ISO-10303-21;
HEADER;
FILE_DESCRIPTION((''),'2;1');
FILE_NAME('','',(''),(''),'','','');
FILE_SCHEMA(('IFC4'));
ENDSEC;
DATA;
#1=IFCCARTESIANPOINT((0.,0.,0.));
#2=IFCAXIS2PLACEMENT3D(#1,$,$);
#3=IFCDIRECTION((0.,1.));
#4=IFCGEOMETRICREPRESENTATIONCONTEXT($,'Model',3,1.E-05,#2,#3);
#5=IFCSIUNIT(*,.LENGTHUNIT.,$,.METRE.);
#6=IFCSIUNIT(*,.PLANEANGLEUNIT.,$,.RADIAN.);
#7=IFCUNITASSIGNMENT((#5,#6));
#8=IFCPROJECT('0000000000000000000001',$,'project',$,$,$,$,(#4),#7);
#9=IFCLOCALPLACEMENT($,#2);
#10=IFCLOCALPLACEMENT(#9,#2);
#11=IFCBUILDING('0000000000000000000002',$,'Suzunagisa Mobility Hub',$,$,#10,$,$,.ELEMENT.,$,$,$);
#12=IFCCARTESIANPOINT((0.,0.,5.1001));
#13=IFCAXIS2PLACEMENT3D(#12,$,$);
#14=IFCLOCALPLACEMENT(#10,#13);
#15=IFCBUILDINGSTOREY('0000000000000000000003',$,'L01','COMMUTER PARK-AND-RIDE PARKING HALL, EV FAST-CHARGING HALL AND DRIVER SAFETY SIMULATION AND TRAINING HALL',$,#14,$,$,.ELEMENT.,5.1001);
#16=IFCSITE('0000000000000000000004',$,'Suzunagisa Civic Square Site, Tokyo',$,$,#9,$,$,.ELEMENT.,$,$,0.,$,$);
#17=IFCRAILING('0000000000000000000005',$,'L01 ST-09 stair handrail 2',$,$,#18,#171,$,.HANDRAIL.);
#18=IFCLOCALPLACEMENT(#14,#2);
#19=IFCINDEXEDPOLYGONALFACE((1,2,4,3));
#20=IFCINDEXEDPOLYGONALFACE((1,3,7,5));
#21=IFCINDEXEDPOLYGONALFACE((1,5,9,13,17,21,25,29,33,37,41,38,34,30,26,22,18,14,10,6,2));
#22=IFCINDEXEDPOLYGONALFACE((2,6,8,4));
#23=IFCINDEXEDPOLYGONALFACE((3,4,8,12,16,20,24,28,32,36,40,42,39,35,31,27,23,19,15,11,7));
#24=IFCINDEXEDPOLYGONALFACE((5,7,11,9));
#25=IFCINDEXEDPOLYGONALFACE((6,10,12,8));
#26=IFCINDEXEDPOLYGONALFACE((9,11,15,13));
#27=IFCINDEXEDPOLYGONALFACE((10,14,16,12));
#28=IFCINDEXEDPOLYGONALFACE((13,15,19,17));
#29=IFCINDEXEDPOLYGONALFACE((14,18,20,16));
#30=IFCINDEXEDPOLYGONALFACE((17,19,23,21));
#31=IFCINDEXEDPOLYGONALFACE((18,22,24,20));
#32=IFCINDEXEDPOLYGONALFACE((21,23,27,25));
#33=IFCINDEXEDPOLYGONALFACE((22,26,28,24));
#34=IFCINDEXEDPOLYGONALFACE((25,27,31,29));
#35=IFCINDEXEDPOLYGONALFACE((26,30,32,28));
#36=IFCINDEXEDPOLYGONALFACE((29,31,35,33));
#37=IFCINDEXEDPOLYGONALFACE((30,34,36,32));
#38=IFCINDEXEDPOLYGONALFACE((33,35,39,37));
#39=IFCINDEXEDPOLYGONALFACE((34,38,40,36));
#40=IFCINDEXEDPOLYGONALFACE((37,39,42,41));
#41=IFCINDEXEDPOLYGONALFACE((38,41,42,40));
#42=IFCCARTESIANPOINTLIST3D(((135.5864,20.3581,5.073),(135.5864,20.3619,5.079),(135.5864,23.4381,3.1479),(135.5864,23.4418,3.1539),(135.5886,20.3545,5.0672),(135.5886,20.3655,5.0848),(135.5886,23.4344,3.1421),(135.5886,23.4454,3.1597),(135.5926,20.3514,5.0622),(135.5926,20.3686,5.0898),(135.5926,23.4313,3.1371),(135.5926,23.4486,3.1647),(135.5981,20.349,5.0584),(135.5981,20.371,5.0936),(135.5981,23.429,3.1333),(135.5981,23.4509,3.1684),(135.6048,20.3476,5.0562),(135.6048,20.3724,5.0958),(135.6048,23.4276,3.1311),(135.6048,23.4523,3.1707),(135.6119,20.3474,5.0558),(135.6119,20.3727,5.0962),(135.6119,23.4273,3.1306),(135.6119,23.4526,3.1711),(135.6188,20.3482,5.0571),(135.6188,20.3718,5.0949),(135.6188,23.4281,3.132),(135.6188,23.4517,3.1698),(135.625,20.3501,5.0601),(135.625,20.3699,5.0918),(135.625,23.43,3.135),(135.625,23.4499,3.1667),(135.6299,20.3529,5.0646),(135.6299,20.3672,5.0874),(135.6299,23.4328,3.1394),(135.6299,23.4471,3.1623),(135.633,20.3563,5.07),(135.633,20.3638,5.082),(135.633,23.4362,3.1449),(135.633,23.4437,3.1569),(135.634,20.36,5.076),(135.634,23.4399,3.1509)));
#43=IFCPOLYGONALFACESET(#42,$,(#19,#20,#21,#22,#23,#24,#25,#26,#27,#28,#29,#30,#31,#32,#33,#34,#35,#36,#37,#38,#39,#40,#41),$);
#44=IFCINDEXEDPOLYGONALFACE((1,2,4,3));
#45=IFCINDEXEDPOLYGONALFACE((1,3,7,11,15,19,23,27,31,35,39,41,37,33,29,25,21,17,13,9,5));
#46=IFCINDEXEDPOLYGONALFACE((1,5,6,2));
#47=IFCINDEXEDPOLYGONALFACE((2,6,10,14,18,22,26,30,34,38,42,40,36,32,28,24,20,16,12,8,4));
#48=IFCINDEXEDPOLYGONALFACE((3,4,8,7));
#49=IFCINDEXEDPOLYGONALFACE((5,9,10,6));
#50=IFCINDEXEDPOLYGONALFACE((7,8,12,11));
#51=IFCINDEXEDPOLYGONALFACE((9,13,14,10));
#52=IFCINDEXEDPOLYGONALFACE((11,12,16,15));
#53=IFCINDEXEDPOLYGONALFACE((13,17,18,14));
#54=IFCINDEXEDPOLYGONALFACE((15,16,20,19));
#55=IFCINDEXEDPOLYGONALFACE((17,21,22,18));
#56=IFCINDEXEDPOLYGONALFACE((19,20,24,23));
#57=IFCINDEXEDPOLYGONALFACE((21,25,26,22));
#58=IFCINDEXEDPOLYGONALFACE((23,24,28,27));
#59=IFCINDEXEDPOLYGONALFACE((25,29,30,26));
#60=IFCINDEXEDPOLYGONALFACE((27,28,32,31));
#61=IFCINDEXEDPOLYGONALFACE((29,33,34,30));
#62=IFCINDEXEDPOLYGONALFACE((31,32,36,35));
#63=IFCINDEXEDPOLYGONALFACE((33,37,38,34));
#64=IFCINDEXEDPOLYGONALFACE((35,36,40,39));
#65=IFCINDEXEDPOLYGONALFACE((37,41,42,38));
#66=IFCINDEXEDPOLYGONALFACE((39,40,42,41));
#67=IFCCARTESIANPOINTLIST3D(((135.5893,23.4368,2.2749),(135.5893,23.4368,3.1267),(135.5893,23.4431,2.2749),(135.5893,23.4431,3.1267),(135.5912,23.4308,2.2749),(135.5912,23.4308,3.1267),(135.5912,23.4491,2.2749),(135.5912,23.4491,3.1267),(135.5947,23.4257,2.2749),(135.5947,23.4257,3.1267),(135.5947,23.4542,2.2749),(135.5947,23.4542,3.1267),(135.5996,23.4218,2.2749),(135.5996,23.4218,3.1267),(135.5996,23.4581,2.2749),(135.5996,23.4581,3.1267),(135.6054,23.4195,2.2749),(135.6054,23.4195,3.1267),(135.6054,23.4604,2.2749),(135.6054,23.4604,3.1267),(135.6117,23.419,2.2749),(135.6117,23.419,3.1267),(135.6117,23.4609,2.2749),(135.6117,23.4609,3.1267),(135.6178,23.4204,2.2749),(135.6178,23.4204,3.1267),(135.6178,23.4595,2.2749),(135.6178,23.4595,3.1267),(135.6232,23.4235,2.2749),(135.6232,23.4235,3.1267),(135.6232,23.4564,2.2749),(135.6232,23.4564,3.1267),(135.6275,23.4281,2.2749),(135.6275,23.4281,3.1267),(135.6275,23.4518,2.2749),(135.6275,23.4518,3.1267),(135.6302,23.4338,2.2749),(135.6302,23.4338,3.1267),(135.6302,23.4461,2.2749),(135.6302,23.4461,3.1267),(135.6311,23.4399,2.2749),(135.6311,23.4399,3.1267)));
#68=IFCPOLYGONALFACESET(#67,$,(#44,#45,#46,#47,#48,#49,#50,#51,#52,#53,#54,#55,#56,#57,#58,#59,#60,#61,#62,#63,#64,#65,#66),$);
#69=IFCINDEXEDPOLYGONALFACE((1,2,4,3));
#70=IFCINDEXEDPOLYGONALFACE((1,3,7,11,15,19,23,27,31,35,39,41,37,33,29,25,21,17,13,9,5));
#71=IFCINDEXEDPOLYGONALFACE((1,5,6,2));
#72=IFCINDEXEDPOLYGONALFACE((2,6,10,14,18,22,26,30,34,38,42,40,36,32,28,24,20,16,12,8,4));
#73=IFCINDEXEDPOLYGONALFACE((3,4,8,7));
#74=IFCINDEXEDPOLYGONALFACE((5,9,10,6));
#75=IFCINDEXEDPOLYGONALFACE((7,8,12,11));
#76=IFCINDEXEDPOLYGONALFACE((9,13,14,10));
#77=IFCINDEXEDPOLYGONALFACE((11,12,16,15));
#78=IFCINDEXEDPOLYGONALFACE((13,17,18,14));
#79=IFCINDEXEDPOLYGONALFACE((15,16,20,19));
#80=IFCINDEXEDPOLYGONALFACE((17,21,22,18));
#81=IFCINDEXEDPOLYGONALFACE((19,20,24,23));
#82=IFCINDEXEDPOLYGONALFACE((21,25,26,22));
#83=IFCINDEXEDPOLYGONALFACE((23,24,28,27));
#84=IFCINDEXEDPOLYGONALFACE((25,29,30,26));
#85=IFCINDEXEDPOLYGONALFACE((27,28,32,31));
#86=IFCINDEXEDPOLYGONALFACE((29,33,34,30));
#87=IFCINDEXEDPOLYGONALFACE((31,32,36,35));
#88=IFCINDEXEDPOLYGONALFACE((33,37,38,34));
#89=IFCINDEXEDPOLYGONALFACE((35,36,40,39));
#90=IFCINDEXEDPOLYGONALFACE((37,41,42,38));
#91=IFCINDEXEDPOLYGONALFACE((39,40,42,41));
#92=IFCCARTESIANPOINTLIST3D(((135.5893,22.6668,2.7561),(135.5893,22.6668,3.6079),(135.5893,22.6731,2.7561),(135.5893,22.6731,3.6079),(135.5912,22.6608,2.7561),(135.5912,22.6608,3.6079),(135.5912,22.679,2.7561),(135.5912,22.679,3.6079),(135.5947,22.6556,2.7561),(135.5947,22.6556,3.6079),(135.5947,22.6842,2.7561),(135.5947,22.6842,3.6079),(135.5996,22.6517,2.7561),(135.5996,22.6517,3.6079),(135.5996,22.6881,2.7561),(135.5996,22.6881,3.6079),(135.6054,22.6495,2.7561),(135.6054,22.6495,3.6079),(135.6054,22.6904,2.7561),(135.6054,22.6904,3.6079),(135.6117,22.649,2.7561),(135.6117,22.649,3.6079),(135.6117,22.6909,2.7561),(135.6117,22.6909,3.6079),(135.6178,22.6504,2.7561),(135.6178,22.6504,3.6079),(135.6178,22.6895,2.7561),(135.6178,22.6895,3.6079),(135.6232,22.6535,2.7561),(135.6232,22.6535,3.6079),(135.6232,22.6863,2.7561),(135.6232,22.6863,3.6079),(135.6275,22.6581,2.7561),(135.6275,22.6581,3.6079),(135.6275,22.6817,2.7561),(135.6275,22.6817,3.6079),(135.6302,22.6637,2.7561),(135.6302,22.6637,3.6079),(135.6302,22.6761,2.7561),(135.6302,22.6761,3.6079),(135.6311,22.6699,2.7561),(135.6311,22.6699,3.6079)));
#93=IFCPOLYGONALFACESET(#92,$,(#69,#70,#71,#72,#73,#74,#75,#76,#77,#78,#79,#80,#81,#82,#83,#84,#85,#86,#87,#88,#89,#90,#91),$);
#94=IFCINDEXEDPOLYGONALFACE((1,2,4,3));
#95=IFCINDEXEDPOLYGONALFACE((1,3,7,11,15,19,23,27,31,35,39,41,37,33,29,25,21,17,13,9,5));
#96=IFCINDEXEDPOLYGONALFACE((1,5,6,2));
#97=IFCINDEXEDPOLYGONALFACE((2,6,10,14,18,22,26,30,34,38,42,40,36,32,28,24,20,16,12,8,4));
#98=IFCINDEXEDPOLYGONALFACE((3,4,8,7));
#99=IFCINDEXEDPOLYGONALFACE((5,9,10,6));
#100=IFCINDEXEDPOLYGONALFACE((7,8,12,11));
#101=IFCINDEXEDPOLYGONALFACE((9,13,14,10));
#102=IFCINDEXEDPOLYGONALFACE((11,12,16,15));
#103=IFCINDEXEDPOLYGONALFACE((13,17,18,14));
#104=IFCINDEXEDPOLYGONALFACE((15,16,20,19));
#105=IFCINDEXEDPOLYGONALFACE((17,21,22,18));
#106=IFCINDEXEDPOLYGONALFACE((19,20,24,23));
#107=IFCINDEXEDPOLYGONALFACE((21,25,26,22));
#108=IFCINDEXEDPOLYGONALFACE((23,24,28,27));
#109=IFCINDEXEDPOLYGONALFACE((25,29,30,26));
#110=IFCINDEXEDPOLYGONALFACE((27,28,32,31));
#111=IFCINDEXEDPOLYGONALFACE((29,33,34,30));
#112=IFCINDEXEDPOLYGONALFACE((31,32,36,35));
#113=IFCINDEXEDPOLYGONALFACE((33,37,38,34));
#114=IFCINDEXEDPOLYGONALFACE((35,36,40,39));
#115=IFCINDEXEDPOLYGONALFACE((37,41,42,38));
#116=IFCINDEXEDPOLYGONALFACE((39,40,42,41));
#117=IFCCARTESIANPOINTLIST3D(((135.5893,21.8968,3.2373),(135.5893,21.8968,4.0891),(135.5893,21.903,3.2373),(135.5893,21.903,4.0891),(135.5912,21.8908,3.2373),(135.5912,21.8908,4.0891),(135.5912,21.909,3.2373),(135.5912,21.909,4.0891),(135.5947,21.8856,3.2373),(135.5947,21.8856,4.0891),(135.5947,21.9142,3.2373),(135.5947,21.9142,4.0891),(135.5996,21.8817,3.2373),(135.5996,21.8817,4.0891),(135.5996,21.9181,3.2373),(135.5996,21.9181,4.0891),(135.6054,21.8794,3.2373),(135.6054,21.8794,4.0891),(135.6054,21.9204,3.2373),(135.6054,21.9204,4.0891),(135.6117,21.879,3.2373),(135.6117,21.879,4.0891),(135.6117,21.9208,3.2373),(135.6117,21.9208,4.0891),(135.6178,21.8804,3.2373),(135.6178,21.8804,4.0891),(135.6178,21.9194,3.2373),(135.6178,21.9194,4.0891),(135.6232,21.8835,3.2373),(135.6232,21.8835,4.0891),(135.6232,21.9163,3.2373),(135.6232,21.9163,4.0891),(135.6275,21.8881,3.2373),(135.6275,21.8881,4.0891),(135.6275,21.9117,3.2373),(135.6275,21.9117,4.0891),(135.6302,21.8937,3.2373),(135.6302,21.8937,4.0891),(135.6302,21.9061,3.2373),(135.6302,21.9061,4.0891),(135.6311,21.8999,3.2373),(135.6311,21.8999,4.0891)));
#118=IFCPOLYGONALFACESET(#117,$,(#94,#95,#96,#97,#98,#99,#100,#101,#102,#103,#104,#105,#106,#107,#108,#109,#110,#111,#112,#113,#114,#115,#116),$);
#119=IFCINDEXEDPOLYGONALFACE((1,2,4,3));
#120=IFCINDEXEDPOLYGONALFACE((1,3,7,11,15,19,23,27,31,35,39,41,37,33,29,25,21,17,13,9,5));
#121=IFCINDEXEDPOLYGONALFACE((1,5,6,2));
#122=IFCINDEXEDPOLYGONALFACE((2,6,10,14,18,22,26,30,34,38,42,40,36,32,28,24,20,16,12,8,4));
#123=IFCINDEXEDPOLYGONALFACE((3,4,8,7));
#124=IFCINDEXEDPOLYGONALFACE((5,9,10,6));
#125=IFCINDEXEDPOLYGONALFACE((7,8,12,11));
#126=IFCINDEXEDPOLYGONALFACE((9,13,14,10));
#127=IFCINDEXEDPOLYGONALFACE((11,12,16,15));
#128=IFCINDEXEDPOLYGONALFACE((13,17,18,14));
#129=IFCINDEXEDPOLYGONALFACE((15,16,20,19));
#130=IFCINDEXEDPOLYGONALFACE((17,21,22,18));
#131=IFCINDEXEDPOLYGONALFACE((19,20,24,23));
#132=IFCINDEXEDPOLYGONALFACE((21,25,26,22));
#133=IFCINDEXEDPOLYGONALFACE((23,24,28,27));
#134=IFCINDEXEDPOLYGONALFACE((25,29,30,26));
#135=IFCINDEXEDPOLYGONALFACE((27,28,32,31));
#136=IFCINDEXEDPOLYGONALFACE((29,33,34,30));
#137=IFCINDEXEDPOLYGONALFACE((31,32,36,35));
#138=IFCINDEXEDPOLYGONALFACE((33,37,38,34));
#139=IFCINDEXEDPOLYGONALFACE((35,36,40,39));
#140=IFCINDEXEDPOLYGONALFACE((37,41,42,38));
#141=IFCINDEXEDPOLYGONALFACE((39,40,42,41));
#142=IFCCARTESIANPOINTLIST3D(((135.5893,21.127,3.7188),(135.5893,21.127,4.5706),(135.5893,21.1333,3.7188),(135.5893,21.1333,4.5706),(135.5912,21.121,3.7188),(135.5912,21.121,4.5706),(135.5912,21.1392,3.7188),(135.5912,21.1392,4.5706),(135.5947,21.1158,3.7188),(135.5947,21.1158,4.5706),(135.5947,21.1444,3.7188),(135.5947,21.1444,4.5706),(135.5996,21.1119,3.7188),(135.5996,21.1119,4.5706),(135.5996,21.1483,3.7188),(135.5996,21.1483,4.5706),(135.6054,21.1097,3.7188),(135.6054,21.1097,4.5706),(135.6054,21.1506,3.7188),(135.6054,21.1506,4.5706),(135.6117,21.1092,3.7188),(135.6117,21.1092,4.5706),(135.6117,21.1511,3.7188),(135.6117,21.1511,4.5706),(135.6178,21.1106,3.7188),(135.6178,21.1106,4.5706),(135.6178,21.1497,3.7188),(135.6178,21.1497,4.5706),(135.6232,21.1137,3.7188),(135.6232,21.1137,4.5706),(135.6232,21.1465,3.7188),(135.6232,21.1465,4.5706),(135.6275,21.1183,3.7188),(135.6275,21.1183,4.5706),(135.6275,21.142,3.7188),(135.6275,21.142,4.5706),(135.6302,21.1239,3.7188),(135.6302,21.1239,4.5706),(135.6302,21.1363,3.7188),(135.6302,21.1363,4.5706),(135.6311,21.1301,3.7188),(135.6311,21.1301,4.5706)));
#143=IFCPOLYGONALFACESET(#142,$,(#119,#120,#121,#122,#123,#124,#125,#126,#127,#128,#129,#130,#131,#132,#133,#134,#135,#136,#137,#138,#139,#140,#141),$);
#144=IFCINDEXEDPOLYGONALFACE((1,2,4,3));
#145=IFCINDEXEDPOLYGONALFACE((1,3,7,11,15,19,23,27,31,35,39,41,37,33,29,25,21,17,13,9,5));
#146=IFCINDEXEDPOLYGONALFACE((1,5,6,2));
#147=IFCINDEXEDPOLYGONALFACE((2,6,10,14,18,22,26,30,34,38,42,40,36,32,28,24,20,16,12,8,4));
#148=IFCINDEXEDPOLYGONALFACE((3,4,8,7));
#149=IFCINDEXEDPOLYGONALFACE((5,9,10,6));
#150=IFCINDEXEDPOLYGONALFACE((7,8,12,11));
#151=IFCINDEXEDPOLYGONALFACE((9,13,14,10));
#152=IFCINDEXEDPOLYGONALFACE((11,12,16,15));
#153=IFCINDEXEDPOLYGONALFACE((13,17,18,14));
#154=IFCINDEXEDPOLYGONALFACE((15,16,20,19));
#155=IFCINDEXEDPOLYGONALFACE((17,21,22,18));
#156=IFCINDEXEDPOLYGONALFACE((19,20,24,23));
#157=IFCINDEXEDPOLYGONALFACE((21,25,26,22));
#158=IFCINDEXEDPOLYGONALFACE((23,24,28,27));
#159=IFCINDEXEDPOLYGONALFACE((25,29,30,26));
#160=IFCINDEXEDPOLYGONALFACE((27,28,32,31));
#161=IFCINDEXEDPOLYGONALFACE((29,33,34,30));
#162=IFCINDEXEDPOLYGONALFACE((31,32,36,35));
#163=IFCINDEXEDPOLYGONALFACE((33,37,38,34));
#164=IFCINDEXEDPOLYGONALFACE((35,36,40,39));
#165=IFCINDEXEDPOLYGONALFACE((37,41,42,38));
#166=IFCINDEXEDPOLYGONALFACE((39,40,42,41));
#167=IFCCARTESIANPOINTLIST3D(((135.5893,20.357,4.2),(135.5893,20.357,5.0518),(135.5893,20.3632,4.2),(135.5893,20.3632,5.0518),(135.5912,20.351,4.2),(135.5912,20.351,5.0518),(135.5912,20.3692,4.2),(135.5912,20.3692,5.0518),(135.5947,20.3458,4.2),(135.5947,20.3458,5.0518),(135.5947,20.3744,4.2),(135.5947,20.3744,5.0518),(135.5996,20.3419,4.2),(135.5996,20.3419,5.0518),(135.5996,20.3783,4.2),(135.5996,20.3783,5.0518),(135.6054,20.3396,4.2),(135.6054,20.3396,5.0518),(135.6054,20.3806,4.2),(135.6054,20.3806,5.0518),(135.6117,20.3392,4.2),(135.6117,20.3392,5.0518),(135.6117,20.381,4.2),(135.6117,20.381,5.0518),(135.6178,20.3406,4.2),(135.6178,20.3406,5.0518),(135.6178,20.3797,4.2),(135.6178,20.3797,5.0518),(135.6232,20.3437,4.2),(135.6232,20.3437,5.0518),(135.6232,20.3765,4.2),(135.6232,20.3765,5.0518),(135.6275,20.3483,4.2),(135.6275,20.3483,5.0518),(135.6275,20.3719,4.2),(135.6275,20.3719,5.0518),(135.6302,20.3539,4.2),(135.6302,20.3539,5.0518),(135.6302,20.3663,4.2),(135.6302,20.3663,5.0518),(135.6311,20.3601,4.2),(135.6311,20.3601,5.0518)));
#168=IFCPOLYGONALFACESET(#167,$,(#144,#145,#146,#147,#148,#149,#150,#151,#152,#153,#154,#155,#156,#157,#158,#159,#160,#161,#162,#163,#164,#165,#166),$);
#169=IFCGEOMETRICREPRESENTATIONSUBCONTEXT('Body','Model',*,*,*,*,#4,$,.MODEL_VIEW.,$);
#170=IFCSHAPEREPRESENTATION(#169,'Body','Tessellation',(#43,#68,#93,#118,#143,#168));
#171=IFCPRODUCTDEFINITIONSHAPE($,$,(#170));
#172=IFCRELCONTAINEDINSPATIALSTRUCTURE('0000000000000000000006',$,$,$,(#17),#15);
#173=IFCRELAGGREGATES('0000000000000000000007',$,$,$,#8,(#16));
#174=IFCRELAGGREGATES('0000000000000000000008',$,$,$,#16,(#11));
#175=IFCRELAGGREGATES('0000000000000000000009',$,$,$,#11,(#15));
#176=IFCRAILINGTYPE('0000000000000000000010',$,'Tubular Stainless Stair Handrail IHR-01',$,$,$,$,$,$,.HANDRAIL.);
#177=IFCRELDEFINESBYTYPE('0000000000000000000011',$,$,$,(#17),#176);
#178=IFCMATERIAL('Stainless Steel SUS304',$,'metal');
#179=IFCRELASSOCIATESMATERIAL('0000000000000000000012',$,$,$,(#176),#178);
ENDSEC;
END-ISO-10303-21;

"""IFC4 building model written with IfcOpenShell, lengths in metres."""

from ifc_helpers import new_model, si_unit, direction, frame, origin, origin_2d, place, context, subcontext, project, spatial, circle, extrude, material, type_object, element, save


model = new_model("IFC4")

# Units and contexts
model_context = context("Model", 3, precision=1e-05, world=origin(), true_north=direction((0.0, 1.0)))
body_context = subcontext(model_context, "Body", "Model", "MODEL_VIEW")
ifc_project = project(units=[si_unit("LENGTHUNIT", "METRE"), si_unit("PLANEANGLEUNIT", "RADIAN")], contexts=[model_context])

# Site, building, storey
site_placement = place(None, origin())
site = spatial("IfcSite", under=ifc_project, at=site_placement, Name="Suzunagisa Civic Square Site, Tokyo", CompositionType="ELEMENT", RefElevation=0.0)
building_placement = place(site_placement, origin())
building = spatial("IfcBuilding", under=site, at=building_placement, Name="Suzunagisa Mobility Hub", CompositionType="ELEMENT")
storey_placement = place(building_placement, frame((0.0, 0.0, 5.1001)))
storey = spatial("IfcBuildingStorey", under=building, at=storey_placement, Name="L01", Description="COMMUTER PARK-AND-RIDE PARKING HALL, EV FAST-CHARGING HALL AND DRIVER SAFETY SIMULATION AND TRAINING HALL", CompositionType="ELEMENT", Elevation=5.1001)

# Railing
ifc_material_1 = material(Name="Stainless Steel SUS304", Category="metal")
railing_type_1 = type_object("IfcRailingType", Name="Tubular Stainless Stair Handrail IHR-01", PredefinedType="HANDRAIL", material=ifc_material_1)
railing_1_placement = place(storey_placement, frame((135.6101, 23.4399, 2.2749)))
element("IfcRailing", 1, at=railing_1_placement, inside=storey, type_object=railing_type_1, Name="L01 ST-09 stair handrail 2", PredefinedType="HANDRAIL", context=body_context, shape_type="SweptSolid", body=[
    extrude(circle(Radius=0.0239, at=origin_2d()), frame((0.0, 0.0, 0.876), z_axis=(0.0, -0.847979, 0.530029), x_axis=(1.0, 0.0, 0.0)), (0.0, 0.0, 1.0), 3.6321),
    extrude(circle(Radius=0.021, at=origin_2d()), origin(), (0.0, 0.0, 1.0), 0.8518),
    extrude(circle(Radius=0.021, at=origin_2d()), frame((0.0, -0.77, 0.4812)), (0.0, 0.0, 1.0), 0.8518),
    extrude(circle(Radius=0.021, at=origin_2d()), frame((0.0, -1.54, 0.9624)), (0.0, 0.0, 1.0), 0.8518),
    extrude(circle(Radius=0.021, at=origin_2d()), frame((0.0, -2.3098, 1.4438)), (0.0, 0.0, 1.0), 0.8518),
    extrude(circle(Radius=0.021, at=origin_2d()), frame((0.0, -3.0798, 1.925)), (0.0, 0.0, 1.0), 0.8518),
])

save(model, "model.ifc")
